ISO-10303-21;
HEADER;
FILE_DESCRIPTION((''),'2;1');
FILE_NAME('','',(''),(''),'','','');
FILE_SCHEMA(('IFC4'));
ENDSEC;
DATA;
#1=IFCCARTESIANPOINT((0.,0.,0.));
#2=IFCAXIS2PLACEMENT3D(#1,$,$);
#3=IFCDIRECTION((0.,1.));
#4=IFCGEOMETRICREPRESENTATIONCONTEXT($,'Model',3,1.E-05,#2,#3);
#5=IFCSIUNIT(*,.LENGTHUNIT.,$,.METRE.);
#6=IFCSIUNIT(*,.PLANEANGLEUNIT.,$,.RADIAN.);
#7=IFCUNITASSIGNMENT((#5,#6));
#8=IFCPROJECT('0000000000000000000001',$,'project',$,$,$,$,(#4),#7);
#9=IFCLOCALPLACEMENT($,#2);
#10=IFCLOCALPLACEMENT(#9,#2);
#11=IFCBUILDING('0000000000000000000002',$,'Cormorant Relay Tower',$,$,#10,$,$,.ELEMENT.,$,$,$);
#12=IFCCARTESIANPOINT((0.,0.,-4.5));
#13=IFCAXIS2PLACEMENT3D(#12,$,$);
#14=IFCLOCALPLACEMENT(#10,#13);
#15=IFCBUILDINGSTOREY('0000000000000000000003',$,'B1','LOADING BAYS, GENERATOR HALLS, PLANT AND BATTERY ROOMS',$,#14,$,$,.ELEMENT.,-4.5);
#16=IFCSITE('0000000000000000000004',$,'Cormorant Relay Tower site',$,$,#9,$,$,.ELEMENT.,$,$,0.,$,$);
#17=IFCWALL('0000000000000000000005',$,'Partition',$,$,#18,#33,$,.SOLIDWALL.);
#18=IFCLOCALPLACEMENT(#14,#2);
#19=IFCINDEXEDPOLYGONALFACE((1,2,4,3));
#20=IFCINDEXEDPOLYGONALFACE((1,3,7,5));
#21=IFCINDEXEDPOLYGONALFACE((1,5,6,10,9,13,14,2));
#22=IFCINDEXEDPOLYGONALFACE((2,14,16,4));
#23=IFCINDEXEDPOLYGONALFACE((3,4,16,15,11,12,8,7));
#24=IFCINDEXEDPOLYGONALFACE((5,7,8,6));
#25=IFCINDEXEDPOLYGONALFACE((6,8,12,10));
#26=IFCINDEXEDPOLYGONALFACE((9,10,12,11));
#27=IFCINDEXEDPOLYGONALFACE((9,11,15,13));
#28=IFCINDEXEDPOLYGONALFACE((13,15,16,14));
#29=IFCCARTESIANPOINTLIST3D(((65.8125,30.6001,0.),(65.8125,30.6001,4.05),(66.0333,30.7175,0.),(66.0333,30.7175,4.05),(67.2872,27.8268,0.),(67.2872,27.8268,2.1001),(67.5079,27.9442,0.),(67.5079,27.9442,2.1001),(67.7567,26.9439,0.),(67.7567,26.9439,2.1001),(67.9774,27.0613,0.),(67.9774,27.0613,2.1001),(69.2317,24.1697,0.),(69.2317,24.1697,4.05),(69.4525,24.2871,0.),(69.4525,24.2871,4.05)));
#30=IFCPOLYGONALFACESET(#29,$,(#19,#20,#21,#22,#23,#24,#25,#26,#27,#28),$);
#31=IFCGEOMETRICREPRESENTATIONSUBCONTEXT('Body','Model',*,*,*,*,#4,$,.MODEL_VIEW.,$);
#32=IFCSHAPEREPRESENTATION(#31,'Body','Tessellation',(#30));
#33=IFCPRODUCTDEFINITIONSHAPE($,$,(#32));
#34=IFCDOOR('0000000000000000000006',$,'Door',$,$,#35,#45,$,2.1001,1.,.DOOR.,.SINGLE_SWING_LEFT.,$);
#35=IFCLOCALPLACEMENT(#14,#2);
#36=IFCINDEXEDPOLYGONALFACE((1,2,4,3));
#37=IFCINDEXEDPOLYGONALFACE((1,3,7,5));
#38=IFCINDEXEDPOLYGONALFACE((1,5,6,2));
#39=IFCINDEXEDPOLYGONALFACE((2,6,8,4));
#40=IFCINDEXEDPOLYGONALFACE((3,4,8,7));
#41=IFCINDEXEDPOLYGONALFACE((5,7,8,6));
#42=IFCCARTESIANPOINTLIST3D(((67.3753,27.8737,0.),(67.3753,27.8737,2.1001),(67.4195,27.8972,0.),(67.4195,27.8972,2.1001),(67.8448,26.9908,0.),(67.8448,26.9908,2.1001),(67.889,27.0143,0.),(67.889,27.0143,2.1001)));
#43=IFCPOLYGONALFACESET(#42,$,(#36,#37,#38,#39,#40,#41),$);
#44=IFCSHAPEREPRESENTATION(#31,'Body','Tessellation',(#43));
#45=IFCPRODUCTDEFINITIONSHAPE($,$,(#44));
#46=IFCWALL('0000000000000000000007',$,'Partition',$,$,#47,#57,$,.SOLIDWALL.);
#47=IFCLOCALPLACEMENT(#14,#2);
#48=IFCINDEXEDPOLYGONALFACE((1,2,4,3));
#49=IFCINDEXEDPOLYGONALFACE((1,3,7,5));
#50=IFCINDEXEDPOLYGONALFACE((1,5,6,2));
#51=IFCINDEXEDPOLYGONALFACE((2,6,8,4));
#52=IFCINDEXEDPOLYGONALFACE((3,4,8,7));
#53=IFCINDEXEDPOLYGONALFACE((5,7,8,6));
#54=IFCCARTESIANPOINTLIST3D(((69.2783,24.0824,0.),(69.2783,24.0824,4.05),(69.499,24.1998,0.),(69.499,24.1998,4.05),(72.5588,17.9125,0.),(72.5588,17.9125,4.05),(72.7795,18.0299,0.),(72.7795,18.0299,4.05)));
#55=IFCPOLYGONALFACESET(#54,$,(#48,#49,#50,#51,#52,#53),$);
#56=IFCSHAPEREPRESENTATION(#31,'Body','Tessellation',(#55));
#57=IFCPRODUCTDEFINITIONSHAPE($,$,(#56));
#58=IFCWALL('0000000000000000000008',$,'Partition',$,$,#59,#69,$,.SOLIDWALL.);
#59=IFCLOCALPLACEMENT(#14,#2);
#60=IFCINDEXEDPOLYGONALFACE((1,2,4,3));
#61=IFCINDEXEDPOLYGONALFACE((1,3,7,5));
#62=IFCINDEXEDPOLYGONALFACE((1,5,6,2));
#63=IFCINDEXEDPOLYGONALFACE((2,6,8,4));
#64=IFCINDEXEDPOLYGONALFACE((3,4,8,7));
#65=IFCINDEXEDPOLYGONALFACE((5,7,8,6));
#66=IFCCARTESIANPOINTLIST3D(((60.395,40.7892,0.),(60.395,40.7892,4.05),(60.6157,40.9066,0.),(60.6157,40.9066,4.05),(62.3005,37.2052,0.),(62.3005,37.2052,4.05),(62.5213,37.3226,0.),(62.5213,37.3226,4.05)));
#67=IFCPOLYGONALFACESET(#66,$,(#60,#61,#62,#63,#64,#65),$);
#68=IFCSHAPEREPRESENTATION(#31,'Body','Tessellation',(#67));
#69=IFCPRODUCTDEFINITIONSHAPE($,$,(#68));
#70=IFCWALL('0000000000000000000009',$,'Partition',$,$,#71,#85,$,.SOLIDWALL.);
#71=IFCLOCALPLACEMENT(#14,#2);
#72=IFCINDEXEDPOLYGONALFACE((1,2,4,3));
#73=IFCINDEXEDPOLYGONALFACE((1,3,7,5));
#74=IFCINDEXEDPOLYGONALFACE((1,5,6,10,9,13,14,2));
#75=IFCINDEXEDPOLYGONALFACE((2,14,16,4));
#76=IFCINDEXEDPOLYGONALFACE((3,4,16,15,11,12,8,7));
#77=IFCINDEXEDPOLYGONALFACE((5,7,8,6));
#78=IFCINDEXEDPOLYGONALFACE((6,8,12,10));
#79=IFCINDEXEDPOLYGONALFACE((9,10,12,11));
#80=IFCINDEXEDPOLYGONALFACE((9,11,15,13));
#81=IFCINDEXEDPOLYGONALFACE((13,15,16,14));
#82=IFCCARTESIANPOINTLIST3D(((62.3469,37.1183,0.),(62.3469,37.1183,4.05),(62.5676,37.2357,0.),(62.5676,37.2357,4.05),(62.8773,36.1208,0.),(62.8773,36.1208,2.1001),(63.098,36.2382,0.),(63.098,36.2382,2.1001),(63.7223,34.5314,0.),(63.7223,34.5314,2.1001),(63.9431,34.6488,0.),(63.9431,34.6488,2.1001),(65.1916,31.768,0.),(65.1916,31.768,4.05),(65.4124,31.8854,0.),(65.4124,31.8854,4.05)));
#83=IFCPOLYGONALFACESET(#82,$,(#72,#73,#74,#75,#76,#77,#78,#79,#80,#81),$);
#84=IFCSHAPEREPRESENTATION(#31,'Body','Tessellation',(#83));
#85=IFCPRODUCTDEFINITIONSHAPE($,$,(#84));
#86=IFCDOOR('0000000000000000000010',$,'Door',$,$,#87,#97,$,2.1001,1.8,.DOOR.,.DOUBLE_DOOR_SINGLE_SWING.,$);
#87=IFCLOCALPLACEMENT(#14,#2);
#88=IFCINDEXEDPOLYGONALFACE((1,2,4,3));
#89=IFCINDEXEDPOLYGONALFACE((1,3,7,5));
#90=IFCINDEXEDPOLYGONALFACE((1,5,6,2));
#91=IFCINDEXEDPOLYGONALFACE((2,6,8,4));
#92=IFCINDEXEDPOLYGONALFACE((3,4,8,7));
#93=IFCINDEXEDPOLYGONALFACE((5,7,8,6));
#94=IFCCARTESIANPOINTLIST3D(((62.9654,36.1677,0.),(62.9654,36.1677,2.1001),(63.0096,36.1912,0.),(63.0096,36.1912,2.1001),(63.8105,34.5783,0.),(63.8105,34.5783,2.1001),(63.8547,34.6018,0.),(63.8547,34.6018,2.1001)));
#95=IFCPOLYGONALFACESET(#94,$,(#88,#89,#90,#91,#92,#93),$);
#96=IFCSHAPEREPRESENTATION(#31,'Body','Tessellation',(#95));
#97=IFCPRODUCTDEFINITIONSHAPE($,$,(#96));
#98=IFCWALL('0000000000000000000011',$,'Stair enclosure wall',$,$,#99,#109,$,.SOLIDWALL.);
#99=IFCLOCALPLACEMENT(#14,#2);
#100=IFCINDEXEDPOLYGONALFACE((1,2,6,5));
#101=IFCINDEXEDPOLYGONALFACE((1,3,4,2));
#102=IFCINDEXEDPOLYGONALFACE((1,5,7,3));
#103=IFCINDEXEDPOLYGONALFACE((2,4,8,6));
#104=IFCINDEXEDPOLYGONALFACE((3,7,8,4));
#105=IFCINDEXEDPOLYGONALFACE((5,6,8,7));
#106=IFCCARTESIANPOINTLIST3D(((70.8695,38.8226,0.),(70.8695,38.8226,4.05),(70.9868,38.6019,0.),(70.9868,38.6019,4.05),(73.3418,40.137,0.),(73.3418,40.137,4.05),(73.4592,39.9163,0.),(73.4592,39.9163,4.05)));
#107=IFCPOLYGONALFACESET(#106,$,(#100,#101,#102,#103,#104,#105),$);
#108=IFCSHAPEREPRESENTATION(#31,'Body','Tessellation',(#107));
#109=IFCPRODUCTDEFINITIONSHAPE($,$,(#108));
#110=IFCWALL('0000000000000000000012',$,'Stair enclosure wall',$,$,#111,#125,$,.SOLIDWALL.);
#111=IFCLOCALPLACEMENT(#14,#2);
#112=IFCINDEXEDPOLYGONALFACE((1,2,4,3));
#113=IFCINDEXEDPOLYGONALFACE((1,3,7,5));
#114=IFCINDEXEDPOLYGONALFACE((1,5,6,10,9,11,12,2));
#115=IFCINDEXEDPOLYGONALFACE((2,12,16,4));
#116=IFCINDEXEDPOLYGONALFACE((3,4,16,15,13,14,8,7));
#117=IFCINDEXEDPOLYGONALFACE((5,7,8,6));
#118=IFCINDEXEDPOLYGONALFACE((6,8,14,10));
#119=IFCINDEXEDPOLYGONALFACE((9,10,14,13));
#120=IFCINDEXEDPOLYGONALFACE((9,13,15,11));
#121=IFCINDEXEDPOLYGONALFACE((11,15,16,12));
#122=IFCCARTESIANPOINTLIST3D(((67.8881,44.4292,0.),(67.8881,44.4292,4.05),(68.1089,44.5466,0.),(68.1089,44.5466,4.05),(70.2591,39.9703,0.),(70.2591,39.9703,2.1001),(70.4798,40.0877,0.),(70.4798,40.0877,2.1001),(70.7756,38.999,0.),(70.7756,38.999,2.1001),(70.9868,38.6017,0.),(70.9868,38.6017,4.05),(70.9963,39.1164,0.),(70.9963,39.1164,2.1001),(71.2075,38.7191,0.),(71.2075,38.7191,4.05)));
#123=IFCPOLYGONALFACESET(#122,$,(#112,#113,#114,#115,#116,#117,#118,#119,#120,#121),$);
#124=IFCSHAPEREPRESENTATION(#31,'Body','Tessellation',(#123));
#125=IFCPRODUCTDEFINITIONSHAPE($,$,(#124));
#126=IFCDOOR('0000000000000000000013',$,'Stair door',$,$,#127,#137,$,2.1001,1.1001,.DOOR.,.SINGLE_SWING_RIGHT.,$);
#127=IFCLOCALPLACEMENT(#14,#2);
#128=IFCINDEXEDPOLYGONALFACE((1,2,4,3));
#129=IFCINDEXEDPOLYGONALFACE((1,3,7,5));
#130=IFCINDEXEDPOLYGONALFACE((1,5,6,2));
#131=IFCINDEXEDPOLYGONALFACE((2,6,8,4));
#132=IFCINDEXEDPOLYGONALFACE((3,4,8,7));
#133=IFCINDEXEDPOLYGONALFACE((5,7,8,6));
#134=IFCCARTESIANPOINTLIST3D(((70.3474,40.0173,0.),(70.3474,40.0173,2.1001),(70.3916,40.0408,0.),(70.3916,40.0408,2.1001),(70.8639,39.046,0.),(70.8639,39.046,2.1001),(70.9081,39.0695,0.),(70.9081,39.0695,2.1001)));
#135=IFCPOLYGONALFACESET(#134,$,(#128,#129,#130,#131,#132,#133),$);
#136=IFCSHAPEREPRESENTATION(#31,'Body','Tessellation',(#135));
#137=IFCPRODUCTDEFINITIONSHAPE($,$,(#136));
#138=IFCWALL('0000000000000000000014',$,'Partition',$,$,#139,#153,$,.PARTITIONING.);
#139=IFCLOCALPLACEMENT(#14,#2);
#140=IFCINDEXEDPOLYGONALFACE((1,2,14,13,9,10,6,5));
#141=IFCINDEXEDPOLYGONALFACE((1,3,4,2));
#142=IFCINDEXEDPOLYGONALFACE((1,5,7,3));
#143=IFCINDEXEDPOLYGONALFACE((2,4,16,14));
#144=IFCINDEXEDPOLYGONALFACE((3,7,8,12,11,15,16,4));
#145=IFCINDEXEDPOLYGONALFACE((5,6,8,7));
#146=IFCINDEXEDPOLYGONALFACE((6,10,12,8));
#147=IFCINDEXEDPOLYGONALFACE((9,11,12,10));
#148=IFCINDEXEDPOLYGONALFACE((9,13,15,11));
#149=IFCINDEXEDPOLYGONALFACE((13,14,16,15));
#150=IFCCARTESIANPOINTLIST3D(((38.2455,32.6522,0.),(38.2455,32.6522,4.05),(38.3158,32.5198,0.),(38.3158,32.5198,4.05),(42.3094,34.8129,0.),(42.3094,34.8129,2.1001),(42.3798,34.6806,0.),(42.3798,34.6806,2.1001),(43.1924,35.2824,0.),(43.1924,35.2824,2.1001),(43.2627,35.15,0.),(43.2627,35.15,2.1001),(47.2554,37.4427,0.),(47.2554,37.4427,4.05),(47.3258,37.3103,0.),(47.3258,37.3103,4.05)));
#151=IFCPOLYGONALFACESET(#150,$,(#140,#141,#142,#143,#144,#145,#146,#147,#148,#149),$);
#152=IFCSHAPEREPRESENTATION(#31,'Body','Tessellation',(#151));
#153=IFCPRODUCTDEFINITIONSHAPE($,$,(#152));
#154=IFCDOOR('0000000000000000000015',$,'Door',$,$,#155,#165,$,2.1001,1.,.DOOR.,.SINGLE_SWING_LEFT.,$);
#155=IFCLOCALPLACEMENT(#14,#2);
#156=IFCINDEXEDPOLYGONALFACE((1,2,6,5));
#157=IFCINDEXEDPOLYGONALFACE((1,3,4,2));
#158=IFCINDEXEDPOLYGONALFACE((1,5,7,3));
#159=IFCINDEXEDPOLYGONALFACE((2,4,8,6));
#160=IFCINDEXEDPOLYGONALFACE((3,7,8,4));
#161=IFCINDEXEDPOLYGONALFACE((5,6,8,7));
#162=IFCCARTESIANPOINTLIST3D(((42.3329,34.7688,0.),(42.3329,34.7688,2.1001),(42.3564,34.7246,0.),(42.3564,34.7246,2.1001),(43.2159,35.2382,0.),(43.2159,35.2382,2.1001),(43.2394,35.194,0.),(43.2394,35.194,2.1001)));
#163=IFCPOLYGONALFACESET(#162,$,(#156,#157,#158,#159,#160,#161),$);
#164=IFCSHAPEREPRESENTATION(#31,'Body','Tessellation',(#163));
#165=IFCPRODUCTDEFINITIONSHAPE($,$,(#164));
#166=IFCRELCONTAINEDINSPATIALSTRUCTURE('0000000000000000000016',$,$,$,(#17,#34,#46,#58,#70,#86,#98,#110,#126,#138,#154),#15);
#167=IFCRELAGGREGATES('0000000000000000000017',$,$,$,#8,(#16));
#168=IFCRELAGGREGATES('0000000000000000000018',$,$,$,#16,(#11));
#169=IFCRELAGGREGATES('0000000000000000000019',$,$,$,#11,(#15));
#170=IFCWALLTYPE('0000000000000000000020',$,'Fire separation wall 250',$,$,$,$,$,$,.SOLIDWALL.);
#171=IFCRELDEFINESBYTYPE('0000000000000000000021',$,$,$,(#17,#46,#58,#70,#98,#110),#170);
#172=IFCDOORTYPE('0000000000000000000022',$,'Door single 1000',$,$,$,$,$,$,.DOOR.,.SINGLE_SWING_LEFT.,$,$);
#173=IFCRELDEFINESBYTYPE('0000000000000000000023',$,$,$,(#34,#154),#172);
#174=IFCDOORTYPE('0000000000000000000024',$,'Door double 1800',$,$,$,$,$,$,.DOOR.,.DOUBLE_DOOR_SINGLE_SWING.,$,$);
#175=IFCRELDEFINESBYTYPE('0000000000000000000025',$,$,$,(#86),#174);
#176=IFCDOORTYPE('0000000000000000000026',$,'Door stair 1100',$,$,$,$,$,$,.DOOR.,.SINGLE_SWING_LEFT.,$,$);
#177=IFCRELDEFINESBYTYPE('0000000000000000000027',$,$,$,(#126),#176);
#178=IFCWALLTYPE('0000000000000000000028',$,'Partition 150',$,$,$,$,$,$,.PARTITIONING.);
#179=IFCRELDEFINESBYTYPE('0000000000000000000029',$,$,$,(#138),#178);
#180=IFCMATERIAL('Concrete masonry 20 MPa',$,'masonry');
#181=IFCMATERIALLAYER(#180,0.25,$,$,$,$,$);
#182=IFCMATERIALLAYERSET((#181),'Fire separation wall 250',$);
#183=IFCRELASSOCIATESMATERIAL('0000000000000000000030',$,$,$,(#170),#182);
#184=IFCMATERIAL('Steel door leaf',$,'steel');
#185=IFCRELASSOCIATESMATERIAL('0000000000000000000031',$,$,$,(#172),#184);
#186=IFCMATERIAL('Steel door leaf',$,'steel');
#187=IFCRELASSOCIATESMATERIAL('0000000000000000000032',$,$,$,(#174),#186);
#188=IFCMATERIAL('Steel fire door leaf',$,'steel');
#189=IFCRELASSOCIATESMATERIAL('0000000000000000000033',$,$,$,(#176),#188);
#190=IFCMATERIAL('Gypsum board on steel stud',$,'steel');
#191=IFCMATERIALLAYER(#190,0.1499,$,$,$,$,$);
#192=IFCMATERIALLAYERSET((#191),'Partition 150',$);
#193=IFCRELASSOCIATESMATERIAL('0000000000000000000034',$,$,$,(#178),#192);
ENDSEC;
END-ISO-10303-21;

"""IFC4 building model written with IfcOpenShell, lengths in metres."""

from ifc_helpers import new_model, si_unit, direction, frame, frame_2d, origin, place, context, subcontext, project, spatial, rectangle, extrude, material, layer, layer_set, type_object, element, fill, save


model = new_model("IFC4")

# Units and contexts
model_context = context("Model", 3, precision=1e-05, world=origin(), true_north=direction((0.0, 1.0)))
body_context = subcontext(model_context, "Body", "Model", "MODEL_VIEW")
ifc_project = project(units=[si_unit("LENGTHUNIT", "METRE"), si_unit("PLANEANGLEUNIT", "RADIAN")], contexts=[model_context])

# Site, building, storey
site_placement = place(None, origin())
site = spatial("IfcSite", under=ifc_project, at=site_placement, Name="Cormorant Relay Tower site", CompositionType="ELEMENT", RefElevation=0.0)
building_placement = place(site_placement, origin())
building = spatial("IfcBuilding", under=site, at=building_placement, Name="Cormorant Relay Tower", CompositionType="ELEMENT")
storey_placement = place(building_placement, frame((0.0, 0.0, -4.5)))
storey = spatial("IfcBuildingStorey", under=building, at=storey_placement, Name="B1", Description="LOADING BAYS, GENERATOR HALLS, PLANT AND BATTERY ROOMS", CompositionType="ELEMENT", Elevation=-4.5)

# Shared definitions
ifc_material_1 = material(Name="Concrete masonry 20 MPa", Category="masonry")
ifc_layer_1 = layer(ifc_material_1, 0.25)
ifc_layer_set_1 = layer_set([ifc_layer_1], Name="Fire separation wall 250")
wall_type_1 = type_object("IfcWallType", Name="Fire separation wall 250", PredefinedType="SOLIDWALL", material=ifc_layer_set_1)

# Wall, opening, door
wall_1_placement = place(storey_placement, frame((65.9229, 30.6589, 0.0), z_axis=(0.0, 0.0, 1.0), x_axis=(0.46948, -0.882943, 0.0)))
wall_1 = element("IfcWall", 1, at=wall_1_placement, inside=storey, type_object=wall_type_1, Name="Partition", PredefinedType="SOLIDWALL", context=body_context, shape_type="SweptSolid", body=[
    extrude(rectangle(XDim=7.283, YDim=0.25, at=frame_2d((3.6416, 0.0))), origin(), (0.0, 0.0, 1.0), 4.05),
])
opening_1_placement = place(wall_1_placement, frame((3.1411, 0.0, 0.0)))
opening_1 = element("IfcOpeningElement", 2, at=opening_1_placement, cuts=wall_1, PredefinedType="OPENING", context=body_context, shape_type="SweptSolid", body=[
    extrude(rectangle(XDim=1.0, YDim=2.1001, at=frame_2d((0.5, 1.05))), frame((0.0, 0.135, 0.0), z_axis=(0.0, -1.0, 0.0), x_axis=(1.0, 0.0, 0.0)), (0.0, 0.0, 1.0), 0.27),
])
ifc_material_2 = material(Name="Steel door leaf", Category="steel")
door_type_1 = type_object("IfcDoorType", Name="Door single 1000", OperationType="SINGLE_SWING_LEFT", PredefinedType="DOOR", material=ifc_material_2)
door_1_placement = place(opening_1_placement, origin())
door_1 = element("IfcDoor", 3, at=door_1_placement, inside=storey, type_object=door_type_1, Name="Door", OperationType="SINGLE_SWING_LEFT", OverallHeight=2.1001, OverallWidth=1.0, PredefinedType="DOOR", context=body_context, shape_type="SweptSolid", body=[
    extrude(rectangle(XDim=1.0, YDim=2.1001, at=frame_2d((0.5, 1.05))), frame((0.0, 0.0249, 0.0), z_axis=(0.0, -1.0, 0.0), x_axis=(1.0, 0.0, 0.0)), (0.0, 0.0, 1.0), 0.05),
])
fill(opening_1, door_1)

# Walls
wall_2_placement = place(storey_placement, frame((69.3887, 24.1411, 0.0), z_axis=(0.0, 0.0, 1.0), x_axis=(0.469462, -0.882953, 0.0)))
element("IfcWall", 4, at=wall_2_placement, inside=storey, type_object=wall_type_1, Name="Partition", PredefinedType="SOLIDWALL", context=body_context, shape_type="SweptSolid", body=[
    extrude(rectangle(XDim=6.9878, YDim=0.25, at=frame_2d((3.4939, 0.0))), origin(), (0.0, 0.0, 1.0), 4.05),
])
wall_3_placement = place(storey_placement, frame((60.5054, 40.8479, 0.0), z_axis=(0.0, 0.0, 1.0), x_axis=(0.469448, -0.88296, 0.0)))
element("IfcWall", 5, at=wall_3_placement, inside=storey, type_object=wall_type_1, Name="Partition", PredefinedType="SOLIDWALL", context=body_context, shape_type="SweptSolid", body=[
    extrude(rectangle(XDim=4.0591, YDim=0.25, at=frame_2d((2.0295, 0.0))), origin(), (0.0, 0.0, 1.0), 4.05),
])

# Wall, opening, door
wall_4_placement = place(storey_placement, frame((62.4573, 37.177, 0.0), z_axis=(0.0, 0.0, 1.0), x_axis=(0.469459, -0.882954, 0.0)))
wall_4 = element("IfcWall", 6, at=wall_4_placement, inside=storey, type_object=wall_type_1, Name="Partition", PredefinedType="SOLIDWALL", context=body_context, shape_type="SweptSolid", body=[
    extrude(rectangle(XDim=6.0596, YDim=0.25, at=frame_2d((3.0298, 0.0))), origin(), (0.0, 0.0, 1.0), 4.05),
])
opening_2_placement = place(wall_4_placement, frame((1.1299, 0.0, 0.0)))
opening_2 = element("IfcOpeningElement", 7, at=opening_2_placement, cuts=wall_4, PredefinedType="OPENING", context=body_context, shape_type="SweptSolid", body=[
    extrude(rectangle(XDim=1.8, YDim=2.1001, at=frame_2d((0.8999, 1.05))), frame((0.0, 0.135, 0.0), z_axis=(0.0, -1.0, 0.0), x_axis=(1.0, 0.0, 0.0)), (0.0, 0.0, 1.0), 0.27),
])
ifc_material_3 = material(Name="Steel door leaf", Category="steel")
door_type_2 = type_object("IfcDoorType", Name="Door double 1800", OperationType="DOUBLE_DOOR_SINGLE_SWING", PredefinedType="DOOR", material=ifc_material_3)
door_2_placement = place(opening_2_placement, origin())
door_2 = element("IfcDoor", 8, at=door_2_placement, inside=storey, type_object=door_type_2, Name="Door", OperationType="DOUBLE_DOOR_SINGLE_SWING", OverallHeight=2.1001, OverallWidth=1.8, PredefinedType="DOOR", context=body_context, shape_type="SweptSolid", body=[
    extrude(rectangle(XDim=1.8, YDim=2.1001, at=frame_2d((0.8999, 1.05))), frame((0.0, 0.0249, 0.0), z_axis=(0.0, -1.0, 0.0), x_axis=(1.0, 0.0, 0.0)), (0.0, 0.0, 1.0), 0.05),
])
fill(opening_2, door_2)

# Wall
wall_5_placement = place(storey_placement, frame((73.4004, 40.0266, 0.0), z_axis=(0.0, 0.0, 1.0), x_axis=(-0.88297, -0.469429, 0.0)))
element("IfcWall", 9, at=wall_5_placement, inside=storey, type_object=wall_type_1, Name="Stair enclosure wall", PredefinedType="SOLIDWALL", context=body_context, shape_type="SweptSolid", body=[
    extrude(rectangle(XDim=2.8, YDim=0.25, at=frame_2d((1.3999, 0.0))), origin(), (0.0, 0.0, 1.0), 4.05),
])

# Walls, openings, doors
wall_6_placement = place(storey_placement, frame((71.0972, 38.6604, 0.0), z_axis=(0.0, 0.0, 1.0), x_axis=(-0.46949, 0.882938, 0.0)))
wall_6 = element("IfcWall", 10, at=wall_6_placement, inside=storey, type_object=wall_type_1, Name="Stair enclosure wall", PredefinedType="SOLIDWALL", context=body_context, shape_type="SweptSolid", body=[
    extrude(rectangle(XDim=6.6001, YDim=0.25, at=frame_2d((3.3, 0.0))), origin(), (0.0, 0.0, 1.0), 4.05),
])
opening_3_placement = place(wall_6_placement, frame((0.45, 0.0, 0.0)))
opening_3 = element("IfcOpeningElement", 11, at=opening_3_placement, cuts=wall_6, PredefinedType="OPENING", context=body_context, shape_type="SweptSolid", body=[
    extrude(rectangle(XDim=1.1001, YDim=2.1001, at=frame_2d((0.55, 1.05))), frame((0.0, 0.135, 0.0), z_axis=(0.0, -1.0, 0.0), x_axis=(1.0, 0.0, 0.0)), (0.0, 0.0, 1.0), 0.27),
])
ifc_material_4 = material(Name="Steel fire door leaf", Category="steel")
door_type_3 = type_object("IfcDoorType", Name="Door stair 1100", OperationType="SINGLE_SWING_LEFT", PredefinedType="DOOR", material=ifc_material_4)
door_3_placement = place(opening_3_placement, origin())
door_3 = element("IfcDoor", 12, at=door_3_placement, inside=storey, type_object=door_type_3, Name="Stair door", OperationType="SINGLE_SWING_RIGHT", OverallHeight=2.1001, OverallWidth=1.1001, PredefinedType="DOOR", context=body_context, shape_type="SweptSolid", body=[
    extrude(rectangle(XDim=1.1001, YDim=2.1001, at=frame_2d((0.55, 1.05))), frame((0.0, 0.0249, 0.0), z_axis=(0.0, -1.0, 0.0), x_axis=(1.0, 0.0, 0.0)), (0.0, 0.0, 1.0), 0.05),
])
fill(opening_3, door_3)
ifc_material_5 = material(Name="Gypsum board on steel stud", Category="steel")
ifc_layer_2 = layer(ifc_material_5, 0.1499)
ifc_layer_set_2 = layer_set([ifc_layer_2], Name="Partition 150")
wall_type_2 = type_object("IfcWallType", Name="Partition 150", PredefinedType="PARTITIONING", material=ifc_layer_set_2)
wall_7_placement = place(storey_placement, frame((47.2905, 37.3765, 0.0), z_axis=(0.0, 0.0, 1.0), x_axis=(-0.882955, -0.469458, 0.0)))
wall_7 = element("IfcWall", 13, at=wall_7_placement, inside=storey, type_object=wall_type_2, Name="Partition", PredefinedType="PARTITIONING", context=body_context, shape_type="SweptSolid", body=[
    extrude(rectangle(XDim=10.2043, YDim=0.1499, at=frame_2d((5.1021, 0.0))), origin(), (0.0, 0.0, 1.0), 4.05),
])
opening_4_placement = place(wall_7_placement, frame((4.6016, 0.0, 0.0)))
opening_4 = element("IfcOpeningElement", 14, at=opening_4_placement, cuts=wall_7, PredefinedType="OPENING", context=body_context, shape_type="SweptSolid", body=[
    extrude(rectangle(XDim=1.0, YDim=2.1001, at=frame_2d((0.5, 1.05))), frame((0.0, 0.085, 0.0), z_axis=(0.0, -1.0, 0.0), x_axis=(1.0, 0.0, 0.0)), (0.0, 0.0, 1.0), 0.1699),
])
door_4_placement = place(opening_4_placement, frame((1.0, 0.0, 0.0), z_axis=(0.0, 0.0, 1.0), x_axis=(-1.0, 0.0, 0.0)))
door_4 = element("IfcDoor", 15, at=door_4_placement, inside=storey, type_object=door_type_1, Name="Door", OperationType="SINGLE_SWING_LEFT", OverallHeight=2.1001, OverallWidth=1.0, PredefinedType="DOOR", context=body_context, shape_type="SweptSolid", body=[
    extrude(rectangle(XDim=1.0, YDim=2.1001, at=frame_2d((0.5, 1.05))), frame((0.0, 0.0249, 0.0), z_axis=(0.0, -1.0, 0.0), x_axis=(1.0, 0.0, 0.0)), (0.0, 0.0, 1.0), 0.05),
])
fill(opening_4, door_4)

save(model, "model.ifc")
